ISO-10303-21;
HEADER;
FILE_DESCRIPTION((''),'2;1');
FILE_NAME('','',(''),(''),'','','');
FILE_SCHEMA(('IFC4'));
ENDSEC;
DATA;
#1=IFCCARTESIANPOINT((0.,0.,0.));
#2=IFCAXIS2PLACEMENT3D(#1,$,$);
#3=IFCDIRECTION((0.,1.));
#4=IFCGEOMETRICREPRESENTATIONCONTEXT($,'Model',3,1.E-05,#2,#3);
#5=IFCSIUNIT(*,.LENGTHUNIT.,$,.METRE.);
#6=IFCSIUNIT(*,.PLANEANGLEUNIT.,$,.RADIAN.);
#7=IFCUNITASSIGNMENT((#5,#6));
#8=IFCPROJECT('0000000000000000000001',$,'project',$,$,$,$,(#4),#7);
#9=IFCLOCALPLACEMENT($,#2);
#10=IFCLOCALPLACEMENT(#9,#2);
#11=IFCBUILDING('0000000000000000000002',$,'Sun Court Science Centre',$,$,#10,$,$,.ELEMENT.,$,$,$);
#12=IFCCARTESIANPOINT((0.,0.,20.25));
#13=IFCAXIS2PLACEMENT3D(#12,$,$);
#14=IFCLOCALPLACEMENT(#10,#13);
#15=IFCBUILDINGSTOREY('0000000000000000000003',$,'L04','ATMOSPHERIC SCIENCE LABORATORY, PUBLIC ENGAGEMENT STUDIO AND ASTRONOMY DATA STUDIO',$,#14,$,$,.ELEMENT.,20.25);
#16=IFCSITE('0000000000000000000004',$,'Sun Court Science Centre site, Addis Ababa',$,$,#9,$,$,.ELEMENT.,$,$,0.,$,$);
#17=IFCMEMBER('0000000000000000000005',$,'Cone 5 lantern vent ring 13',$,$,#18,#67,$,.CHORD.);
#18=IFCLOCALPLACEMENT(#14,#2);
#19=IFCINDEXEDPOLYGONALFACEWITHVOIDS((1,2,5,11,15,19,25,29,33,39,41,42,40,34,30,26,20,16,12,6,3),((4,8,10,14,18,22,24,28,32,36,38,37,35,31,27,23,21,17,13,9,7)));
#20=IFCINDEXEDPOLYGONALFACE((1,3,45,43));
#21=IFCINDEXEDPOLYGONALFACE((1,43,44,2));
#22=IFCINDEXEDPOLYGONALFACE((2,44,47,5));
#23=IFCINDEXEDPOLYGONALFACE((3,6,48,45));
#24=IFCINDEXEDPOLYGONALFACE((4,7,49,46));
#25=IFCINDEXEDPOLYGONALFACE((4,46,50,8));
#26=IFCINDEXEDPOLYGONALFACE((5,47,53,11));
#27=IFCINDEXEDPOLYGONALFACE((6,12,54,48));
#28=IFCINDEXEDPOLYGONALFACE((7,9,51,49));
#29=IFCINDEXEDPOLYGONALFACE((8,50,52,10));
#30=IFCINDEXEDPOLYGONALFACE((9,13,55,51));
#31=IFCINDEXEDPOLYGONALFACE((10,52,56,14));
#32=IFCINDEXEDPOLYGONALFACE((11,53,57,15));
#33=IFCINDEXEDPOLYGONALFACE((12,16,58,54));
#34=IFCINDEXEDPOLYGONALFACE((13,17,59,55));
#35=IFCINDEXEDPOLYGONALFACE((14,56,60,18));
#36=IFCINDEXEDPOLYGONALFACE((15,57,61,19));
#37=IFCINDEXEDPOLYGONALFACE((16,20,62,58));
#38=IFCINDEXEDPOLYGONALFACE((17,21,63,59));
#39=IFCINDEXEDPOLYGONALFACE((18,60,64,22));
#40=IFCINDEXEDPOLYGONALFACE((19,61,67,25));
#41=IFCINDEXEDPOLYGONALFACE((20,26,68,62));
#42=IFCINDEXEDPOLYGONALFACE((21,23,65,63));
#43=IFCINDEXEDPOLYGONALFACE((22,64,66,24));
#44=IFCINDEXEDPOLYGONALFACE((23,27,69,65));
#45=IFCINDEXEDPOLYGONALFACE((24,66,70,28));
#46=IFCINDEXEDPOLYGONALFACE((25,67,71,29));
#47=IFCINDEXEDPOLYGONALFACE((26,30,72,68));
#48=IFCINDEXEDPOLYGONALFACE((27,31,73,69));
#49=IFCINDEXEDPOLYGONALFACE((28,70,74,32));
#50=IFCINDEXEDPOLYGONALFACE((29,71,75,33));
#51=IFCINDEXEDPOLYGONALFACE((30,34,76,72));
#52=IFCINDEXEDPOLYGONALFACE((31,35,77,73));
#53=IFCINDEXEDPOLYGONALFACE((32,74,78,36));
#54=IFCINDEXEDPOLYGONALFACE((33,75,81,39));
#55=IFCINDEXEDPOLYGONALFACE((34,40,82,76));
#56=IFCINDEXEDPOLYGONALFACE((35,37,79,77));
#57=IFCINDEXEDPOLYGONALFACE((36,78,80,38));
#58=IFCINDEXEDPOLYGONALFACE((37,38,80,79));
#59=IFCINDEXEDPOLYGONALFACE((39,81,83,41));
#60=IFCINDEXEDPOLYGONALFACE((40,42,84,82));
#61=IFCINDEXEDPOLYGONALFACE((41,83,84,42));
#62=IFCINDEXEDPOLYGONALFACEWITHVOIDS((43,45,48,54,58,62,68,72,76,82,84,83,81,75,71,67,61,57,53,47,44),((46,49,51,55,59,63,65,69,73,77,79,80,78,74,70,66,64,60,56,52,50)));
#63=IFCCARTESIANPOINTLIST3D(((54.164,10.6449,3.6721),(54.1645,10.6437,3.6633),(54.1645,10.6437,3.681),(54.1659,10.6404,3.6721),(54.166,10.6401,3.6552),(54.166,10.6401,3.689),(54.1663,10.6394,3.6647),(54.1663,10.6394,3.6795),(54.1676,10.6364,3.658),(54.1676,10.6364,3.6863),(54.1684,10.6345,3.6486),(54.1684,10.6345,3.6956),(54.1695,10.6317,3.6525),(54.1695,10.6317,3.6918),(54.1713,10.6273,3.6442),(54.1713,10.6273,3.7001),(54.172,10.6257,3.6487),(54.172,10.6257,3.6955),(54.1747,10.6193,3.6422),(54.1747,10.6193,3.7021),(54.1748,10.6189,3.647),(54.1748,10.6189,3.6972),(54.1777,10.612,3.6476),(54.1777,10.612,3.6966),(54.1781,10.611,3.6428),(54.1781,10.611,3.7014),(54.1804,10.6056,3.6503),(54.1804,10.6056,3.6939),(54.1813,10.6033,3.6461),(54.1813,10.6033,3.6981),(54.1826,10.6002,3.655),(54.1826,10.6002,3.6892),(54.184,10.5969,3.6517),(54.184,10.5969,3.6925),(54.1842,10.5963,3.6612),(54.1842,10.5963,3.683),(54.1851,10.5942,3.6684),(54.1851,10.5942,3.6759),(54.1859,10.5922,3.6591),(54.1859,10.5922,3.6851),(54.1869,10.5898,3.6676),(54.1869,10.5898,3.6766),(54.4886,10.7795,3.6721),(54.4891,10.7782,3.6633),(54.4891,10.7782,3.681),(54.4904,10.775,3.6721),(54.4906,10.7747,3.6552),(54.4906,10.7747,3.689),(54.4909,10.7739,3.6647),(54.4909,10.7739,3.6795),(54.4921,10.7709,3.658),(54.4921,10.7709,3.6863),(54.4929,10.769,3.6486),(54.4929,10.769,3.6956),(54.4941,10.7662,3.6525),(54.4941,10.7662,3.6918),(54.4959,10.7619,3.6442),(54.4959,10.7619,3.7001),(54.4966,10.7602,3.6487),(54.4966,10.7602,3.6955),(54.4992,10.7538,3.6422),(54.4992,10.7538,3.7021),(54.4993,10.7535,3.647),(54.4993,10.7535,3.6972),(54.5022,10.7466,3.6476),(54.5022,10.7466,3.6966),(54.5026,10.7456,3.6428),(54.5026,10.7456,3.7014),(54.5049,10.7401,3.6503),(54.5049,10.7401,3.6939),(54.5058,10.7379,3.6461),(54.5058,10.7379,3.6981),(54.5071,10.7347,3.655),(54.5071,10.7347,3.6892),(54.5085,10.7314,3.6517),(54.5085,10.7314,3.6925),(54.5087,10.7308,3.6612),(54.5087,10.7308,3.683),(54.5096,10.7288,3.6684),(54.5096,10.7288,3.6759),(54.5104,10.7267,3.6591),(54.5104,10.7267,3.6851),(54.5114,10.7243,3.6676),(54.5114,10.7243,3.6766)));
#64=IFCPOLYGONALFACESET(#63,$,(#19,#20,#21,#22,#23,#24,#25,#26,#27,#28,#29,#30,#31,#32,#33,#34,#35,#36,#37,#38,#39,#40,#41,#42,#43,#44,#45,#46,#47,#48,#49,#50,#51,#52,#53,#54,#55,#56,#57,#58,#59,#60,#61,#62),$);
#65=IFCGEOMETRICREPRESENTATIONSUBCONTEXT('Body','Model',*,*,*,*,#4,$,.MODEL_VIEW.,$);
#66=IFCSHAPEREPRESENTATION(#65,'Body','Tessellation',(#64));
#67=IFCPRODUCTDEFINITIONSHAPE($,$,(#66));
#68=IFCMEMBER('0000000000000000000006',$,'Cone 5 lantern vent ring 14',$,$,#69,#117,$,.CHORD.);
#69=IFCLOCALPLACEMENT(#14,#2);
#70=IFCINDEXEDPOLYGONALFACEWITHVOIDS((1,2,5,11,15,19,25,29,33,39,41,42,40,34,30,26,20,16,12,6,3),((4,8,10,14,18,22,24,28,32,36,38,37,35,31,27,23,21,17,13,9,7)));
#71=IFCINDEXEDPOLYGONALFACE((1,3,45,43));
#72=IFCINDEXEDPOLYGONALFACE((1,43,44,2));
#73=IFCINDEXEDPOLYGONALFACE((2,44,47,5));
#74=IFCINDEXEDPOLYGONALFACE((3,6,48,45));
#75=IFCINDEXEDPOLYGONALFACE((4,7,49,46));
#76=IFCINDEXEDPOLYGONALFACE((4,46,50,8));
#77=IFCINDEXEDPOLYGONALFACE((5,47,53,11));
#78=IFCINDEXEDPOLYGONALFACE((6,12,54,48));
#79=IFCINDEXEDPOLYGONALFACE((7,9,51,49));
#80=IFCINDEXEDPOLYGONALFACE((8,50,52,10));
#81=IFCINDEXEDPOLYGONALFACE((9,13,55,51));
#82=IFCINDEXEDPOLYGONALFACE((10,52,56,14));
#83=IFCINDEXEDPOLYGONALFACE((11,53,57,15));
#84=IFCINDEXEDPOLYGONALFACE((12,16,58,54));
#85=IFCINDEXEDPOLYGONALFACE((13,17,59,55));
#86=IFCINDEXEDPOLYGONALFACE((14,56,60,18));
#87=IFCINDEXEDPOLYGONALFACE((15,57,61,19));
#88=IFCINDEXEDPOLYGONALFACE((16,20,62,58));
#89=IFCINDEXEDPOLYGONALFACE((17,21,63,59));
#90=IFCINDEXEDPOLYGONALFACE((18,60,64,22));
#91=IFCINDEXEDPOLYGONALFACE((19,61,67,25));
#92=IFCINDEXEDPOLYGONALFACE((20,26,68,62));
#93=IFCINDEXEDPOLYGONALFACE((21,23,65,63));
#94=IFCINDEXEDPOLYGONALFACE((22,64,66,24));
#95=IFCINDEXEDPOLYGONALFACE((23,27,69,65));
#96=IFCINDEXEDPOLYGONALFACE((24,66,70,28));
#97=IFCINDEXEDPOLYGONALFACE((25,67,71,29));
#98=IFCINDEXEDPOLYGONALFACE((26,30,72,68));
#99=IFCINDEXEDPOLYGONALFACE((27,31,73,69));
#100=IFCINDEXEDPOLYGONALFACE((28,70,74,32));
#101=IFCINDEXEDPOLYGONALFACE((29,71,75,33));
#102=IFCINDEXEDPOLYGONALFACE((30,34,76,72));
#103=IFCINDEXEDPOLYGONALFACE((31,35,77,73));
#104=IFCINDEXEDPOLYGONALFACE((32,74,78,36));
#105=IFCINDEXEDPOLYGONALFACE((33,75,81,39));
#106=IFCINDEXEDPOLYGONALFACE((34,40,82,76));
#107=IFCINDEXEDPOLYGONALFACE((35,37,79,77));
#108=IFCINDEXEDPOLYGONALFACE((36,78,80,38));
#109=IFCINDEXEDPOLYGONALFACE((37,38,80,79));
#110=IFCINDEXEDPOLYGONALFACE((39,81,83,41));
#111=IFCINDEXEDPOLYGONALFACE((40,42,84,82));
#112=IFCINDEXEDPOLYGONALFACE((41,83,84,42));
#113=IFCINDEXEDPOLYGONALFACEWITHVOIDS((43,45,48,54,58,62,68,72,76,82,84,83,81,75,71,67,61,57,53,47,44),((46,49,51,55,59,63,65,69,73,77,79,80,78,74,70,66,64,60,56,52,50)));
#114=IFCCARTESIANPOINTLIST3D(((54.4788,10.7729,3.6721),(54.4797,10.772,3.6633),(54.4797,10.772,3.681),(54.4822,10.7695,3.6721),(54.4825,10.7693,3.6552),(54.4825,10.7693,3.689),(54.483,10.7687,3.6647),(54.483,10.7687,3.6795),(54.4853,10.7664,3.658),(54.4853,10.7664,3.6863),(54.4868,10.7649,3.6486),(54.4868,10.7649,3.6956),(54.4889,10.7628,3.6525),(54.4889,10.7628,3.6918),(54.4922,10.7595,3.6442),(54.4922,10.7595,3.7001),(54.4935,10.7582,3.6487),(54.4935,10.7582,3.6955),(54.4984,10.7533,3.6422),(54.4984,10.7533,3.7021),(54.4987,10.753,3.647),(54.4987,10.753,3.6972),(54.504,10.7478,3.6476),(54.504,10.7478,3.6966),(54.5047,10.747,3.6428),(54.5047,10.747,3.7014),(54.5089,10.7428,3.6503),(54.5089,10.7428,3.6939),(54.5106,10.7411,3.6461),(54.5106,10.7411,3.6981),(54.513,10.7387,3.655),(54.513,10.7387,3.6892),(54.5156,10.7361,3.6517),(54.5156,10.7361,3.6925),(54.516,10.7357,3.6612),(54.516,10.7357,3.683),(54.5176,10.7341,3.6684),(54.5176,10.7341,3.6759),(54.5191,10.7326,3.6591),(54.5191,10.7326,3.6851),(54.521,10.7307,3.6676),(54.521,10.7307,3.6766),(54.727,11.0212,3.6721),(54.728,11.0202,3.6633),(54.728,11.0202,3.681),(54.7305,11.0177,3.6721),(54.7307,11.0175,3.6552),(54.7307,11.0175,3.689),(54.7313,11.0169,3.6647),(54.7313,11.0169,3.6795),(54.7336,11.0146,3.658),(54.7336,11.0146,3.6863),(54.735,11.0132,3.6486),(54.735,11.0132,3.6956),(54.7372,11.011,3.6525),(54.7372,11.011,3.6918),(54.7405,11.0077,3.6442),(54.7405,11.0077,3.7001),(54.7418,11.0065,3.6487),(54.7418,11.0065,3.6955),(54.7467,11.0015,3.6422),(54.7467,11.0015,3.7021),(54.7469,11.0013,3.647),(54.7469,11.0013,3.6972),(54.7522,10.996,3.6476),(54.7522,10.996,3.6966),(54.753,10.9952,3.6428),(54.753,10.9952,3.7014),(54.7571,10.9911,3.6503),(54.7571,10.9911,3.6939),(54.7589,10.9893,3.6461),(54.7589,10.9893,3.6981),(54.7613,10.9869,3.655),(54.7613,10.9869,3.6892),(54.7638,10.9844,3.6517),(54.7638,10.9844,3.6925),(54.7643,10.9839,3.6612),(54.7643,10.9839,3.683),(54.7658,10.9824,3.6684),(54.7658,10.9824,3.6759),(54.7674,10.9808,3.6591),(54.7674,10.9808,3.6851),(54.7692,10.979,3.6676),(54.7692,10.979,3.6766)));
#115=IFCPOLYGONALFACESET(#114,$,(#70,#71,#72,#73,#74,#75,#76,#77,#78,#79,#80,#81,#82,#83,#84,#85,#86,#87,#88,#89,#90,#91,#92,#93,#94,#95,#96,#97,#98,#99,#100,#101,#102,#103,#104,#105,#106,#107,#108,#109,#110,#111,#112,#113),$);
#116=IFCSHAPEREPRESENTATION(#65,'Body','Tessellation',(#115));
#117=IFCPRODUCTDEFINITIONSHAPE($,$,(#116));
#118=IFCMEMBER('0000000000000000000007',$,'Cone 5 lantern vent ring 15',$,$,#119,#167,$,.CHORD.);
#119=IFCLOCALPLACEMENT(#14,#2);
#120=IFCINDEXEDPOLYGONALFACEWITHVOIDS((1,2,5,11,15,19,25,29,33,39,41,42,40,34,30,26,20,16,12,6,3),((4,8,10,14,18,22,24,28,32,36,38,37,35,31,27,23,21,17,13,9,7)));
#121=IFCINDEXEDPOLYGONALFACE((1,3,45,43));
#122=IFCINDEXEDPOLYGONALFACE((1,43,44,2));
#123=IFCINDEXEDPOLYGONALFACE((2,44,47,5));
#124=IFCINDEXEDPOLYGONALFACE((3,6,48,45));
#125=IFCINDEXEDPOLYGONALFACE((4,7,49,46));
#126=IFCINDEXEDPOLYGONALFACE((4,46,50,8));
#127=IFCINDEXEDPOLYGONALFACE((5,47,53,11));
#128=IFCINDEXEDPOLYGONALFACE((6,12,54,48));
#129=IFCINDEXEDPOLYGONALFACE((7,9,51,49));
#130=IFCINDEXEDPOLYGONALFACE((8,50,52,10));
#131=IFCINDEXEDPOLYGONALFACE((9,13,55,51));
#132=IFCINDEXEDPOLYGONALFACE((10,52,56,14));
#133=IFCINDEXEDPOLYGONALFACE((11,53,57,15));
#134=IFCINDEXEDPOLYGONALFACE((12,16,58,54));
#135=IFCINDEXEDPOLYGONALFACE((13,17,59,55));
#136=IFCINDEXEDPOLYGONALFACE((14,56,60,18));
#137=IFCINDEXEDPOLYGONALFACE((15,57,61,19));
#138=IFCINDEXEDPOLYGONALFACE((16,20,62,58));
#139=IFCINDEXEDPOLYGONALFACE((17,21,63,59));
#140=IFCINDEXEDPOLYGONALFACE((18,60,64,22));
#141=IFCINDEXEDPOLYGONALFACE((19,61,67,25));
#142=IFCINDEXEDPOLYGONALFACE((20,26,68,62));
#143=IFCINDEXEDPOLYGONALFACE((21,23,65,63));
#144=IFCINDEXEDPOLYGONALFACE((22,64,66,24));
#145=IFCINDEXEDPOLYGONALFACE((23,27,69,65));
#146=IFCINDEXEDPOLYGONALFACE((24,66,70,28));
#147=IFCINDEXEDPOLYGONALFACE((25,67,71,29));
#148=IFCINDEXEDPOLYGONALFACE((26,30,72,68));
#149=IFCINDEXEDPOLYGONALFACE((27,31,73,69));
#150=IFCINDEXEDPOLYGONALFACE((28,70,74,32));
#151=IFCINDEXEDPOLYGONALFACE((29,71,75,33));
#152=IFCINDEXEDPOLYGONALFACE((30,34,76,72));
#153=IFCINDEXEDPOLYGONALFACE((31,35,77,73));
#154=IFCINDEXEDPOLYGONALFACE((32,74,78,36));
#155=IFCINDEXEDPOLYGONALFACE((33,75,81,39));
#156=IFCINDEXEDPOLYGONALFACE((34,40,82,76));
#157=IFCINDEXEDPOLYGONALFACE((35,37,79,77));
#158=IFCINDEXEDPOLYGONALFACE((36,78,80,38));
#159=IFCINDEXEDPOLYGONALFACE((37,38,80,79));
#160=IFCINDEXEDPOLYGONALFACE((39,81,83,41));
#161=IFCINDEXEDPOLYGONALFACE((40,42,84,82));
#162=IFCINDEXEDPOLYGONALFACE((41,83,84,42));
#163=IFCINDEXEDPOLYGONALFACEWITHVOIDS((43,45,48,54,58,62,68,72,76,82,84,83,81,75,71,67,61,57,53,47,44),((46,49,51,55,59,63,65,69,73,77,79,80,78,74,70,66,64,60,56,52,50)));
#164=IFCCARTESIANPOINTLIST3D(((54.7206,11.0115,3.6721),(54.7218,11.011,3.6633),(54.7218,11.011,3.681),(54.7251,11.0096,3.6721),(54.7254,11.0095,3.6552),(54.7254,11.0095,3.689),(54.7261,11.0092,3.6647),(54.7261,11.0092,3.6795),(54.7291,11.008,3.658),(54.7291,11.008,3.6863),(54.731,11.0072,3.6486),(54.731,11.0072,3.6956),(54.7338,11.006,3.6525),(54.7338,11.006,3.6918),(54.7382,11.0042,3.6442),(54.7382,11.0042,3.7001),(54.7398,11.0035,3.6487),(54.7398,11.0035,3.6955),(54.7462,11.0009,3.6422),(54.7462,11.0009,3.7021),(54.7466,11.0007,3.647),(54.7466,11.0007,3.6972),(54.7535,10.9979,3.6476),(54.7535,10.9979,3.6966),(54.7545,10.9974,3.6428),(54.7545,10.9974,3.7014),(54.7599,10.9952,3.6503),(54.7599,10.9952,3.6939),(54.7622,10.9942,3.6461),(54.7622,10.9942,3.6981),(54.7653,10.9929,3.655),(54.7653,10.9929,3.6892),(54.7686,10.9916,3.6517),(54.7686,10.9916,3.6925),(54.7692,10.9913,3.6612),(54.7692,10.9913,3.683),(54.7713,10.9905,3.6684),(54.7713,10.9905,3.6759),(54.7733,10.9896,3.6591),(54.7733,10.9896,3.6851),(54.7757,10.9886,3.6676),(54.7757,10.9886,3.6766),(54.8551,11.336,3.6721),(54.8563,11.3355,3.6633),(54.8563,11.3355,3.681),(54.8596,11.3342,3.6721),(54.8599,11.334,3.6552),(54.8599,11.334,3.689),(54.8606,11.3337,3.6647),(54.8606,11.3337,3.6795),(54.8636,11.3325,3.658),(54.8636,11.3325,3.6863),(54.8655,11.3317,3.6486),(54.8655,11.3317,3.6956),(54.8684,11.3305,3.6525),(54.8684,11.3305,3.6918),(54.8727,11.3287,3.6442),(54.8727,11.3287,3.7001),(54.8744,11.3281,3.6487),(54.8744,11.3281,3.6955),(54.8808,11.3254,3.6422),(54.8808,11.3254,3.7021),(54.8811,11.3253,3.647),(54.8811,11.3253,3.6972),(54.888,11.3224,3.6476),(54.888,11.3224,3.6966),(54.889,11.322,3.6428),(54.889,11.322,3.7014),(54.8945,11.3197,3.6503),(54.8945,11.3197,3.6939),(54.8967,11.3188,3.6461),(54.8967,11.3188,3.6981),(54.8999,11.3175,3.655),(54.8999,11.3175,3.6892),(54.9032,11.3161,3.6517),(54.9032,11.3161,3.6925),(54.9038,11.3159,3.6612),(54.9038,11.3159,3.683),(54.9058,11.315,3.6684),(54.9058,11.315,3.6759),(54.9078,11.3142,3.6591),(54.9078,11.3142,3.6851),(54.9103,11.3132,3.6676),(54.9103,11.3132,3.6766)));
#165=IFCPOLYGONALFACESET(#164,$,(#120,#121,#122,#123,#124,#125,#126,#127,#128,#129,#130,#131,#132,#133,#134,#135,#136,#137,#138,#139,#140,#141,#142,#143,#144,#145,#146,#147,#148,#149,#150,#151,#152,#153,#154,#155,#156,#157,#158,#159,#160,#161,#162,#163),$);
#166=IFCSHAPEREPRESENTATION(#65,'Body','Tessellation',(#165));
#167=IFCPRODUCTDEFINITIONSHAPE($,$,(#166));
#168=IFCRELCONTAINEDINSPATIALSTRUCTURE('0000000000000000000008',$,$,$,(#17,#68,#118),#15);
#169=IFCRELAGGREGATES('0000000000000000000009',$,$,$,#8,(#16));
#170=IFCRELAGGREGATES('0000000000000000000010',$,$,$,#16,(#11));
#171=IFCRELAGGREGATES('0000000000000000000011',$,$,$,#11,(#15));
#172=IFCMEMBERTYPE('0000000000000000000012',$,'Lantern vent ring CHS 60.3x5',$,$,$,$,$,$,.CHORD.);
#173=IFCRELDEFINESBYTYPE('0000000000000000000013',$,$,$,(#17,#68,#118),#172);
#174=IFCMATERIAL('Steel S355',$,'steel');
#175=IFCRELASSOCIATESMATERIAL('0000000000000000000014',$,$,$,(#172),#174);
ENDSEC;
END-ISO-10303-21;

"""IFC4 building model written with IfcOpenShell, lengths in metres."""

from ifc_helpers import new_model, si_unit, direction, frame, origin, origin_2d, place, context, subcontext, project, spatial, hollow_circle, extrude, material, material_profile, profile_set, type_object, element, save


model = new_model("IFC4")

# Units and contexts
model_context = context("Model", 3, precision=1e-05, world=origin(), true_north=direction((0.0, 1.0)))
body_context = subcontext(model_context, "Body", "Model", "MODEL_VIEW")
ifc_project = project(units=[si_unit("LENGTHUNIT", "METRE"), si_unit("PLANEANGLEUNIT", "RADIAN")], contexts=[model_context])

# Site, building, storey
site_placement = place(None, origin())
site = spatial("IfcSite", under=ifc_project, at=site_placement, Name="Sun Court Science Centre site, Addis Ababa", CompositionType="ELEMENT", RefElevation=0.0)
building_placement = place(site_placement, origin())
building = spatial("IfcBuilding", under=site, at=building_placement, Name="Sun Court Science Centre", CompositionType="ELEMENT")
storey_placement = place(building_placement, frame((0.0, 0.0, 20.25)))
storey = spatial("IfcBuildingStorey", under=building, at=storey_placement, Name="L04", Description="ATMOSPHERIC SCIENCE LABORATORY, PUBLIC ENGAGEMENT STUDIO AND ASTRONOMY DATA STUDIO", CompositionType="ELEMENT", Elevation=20.25)

# Members
ifc_material_1 = material(Name="Steel S355", Category="steel")
ifc_material_profile_1 = material_profile(ifc_material_1, hollow_circle(Radius=0.03, WallThickness=0.0049, at=origin_2d()), Name="CHS 60.3x5")
ifc_profile_set_1 = profile_set([ifc_material_profile_1], Name="Steel S355")
member_type_1 = type_object("IfcMemberType", Name="Lantern vent ring CHS 60.3x5", PredefinedType="CHORD", material=ifc_profile_set_1)
member_1_placement = place(storey_placement, frame((54.1755, 10.6172, 3.6721), z_axis=(0.923754, 0.382986, 0.0), x_axis=(-0.382986, 0.923754, 0.0)))
element("IfcMember", 1, at=member_1_placement, inside=storey, type_object=member_type_1, Name="Cone 5 lantern vent ring 13", PredefinedType="CHORD", context=body_context, shape_type="SweptSolid", body=[
    extrude(hollow_circle(Radius=0.03, WallThickness=0.0049, at=origin_2d()), origin(), (0.0, 0.0, 1.0), 0.3513),
])
member_2_placement = place(storey_placement, frame((54.5, 10.7517, 3.6721), z_axis=(0.707107, 0.707107, 0.0), x_axis=(-0.707107, 0.707107, 0.0)))
element("IfcMember", 2, at=member_2_placement, inside=storey, type_object=member_type_1, Name="Cone 5 lantern vent ring 14", PredefinedType="CHORD", context=body_context, shape_type="SweptSolid", body=[
    extrude(hollow_circle(Radius=0.03, WallThickness=0.0049, at=origin_2d()), origin(), (0.0, 0.0, 1.0), 0.3511),
])
member_3_placement = place(storey_placement, frame((54.7483, 11.0, 3.6721), z_axis=(0.382986, 0.923754, 0.0), x_axis=(-0.923754, 0.382986, 0.0)))
element("IfcMember", 3, at=member_3_placement, inside=storey, type_object=member_type_1, Name="Cone 5 lantern vent ring 15", PredefinedType="CHORD", context=body_context, shape_type="SweptSolid", body=[
    extrude(hollow_circle(Radius=0.03, WallThickness=0.0049, at=origin_2d()), origin(), (0.0, 0.0, 1.0), 0.3513),
])

save(model, "model.ifc")
